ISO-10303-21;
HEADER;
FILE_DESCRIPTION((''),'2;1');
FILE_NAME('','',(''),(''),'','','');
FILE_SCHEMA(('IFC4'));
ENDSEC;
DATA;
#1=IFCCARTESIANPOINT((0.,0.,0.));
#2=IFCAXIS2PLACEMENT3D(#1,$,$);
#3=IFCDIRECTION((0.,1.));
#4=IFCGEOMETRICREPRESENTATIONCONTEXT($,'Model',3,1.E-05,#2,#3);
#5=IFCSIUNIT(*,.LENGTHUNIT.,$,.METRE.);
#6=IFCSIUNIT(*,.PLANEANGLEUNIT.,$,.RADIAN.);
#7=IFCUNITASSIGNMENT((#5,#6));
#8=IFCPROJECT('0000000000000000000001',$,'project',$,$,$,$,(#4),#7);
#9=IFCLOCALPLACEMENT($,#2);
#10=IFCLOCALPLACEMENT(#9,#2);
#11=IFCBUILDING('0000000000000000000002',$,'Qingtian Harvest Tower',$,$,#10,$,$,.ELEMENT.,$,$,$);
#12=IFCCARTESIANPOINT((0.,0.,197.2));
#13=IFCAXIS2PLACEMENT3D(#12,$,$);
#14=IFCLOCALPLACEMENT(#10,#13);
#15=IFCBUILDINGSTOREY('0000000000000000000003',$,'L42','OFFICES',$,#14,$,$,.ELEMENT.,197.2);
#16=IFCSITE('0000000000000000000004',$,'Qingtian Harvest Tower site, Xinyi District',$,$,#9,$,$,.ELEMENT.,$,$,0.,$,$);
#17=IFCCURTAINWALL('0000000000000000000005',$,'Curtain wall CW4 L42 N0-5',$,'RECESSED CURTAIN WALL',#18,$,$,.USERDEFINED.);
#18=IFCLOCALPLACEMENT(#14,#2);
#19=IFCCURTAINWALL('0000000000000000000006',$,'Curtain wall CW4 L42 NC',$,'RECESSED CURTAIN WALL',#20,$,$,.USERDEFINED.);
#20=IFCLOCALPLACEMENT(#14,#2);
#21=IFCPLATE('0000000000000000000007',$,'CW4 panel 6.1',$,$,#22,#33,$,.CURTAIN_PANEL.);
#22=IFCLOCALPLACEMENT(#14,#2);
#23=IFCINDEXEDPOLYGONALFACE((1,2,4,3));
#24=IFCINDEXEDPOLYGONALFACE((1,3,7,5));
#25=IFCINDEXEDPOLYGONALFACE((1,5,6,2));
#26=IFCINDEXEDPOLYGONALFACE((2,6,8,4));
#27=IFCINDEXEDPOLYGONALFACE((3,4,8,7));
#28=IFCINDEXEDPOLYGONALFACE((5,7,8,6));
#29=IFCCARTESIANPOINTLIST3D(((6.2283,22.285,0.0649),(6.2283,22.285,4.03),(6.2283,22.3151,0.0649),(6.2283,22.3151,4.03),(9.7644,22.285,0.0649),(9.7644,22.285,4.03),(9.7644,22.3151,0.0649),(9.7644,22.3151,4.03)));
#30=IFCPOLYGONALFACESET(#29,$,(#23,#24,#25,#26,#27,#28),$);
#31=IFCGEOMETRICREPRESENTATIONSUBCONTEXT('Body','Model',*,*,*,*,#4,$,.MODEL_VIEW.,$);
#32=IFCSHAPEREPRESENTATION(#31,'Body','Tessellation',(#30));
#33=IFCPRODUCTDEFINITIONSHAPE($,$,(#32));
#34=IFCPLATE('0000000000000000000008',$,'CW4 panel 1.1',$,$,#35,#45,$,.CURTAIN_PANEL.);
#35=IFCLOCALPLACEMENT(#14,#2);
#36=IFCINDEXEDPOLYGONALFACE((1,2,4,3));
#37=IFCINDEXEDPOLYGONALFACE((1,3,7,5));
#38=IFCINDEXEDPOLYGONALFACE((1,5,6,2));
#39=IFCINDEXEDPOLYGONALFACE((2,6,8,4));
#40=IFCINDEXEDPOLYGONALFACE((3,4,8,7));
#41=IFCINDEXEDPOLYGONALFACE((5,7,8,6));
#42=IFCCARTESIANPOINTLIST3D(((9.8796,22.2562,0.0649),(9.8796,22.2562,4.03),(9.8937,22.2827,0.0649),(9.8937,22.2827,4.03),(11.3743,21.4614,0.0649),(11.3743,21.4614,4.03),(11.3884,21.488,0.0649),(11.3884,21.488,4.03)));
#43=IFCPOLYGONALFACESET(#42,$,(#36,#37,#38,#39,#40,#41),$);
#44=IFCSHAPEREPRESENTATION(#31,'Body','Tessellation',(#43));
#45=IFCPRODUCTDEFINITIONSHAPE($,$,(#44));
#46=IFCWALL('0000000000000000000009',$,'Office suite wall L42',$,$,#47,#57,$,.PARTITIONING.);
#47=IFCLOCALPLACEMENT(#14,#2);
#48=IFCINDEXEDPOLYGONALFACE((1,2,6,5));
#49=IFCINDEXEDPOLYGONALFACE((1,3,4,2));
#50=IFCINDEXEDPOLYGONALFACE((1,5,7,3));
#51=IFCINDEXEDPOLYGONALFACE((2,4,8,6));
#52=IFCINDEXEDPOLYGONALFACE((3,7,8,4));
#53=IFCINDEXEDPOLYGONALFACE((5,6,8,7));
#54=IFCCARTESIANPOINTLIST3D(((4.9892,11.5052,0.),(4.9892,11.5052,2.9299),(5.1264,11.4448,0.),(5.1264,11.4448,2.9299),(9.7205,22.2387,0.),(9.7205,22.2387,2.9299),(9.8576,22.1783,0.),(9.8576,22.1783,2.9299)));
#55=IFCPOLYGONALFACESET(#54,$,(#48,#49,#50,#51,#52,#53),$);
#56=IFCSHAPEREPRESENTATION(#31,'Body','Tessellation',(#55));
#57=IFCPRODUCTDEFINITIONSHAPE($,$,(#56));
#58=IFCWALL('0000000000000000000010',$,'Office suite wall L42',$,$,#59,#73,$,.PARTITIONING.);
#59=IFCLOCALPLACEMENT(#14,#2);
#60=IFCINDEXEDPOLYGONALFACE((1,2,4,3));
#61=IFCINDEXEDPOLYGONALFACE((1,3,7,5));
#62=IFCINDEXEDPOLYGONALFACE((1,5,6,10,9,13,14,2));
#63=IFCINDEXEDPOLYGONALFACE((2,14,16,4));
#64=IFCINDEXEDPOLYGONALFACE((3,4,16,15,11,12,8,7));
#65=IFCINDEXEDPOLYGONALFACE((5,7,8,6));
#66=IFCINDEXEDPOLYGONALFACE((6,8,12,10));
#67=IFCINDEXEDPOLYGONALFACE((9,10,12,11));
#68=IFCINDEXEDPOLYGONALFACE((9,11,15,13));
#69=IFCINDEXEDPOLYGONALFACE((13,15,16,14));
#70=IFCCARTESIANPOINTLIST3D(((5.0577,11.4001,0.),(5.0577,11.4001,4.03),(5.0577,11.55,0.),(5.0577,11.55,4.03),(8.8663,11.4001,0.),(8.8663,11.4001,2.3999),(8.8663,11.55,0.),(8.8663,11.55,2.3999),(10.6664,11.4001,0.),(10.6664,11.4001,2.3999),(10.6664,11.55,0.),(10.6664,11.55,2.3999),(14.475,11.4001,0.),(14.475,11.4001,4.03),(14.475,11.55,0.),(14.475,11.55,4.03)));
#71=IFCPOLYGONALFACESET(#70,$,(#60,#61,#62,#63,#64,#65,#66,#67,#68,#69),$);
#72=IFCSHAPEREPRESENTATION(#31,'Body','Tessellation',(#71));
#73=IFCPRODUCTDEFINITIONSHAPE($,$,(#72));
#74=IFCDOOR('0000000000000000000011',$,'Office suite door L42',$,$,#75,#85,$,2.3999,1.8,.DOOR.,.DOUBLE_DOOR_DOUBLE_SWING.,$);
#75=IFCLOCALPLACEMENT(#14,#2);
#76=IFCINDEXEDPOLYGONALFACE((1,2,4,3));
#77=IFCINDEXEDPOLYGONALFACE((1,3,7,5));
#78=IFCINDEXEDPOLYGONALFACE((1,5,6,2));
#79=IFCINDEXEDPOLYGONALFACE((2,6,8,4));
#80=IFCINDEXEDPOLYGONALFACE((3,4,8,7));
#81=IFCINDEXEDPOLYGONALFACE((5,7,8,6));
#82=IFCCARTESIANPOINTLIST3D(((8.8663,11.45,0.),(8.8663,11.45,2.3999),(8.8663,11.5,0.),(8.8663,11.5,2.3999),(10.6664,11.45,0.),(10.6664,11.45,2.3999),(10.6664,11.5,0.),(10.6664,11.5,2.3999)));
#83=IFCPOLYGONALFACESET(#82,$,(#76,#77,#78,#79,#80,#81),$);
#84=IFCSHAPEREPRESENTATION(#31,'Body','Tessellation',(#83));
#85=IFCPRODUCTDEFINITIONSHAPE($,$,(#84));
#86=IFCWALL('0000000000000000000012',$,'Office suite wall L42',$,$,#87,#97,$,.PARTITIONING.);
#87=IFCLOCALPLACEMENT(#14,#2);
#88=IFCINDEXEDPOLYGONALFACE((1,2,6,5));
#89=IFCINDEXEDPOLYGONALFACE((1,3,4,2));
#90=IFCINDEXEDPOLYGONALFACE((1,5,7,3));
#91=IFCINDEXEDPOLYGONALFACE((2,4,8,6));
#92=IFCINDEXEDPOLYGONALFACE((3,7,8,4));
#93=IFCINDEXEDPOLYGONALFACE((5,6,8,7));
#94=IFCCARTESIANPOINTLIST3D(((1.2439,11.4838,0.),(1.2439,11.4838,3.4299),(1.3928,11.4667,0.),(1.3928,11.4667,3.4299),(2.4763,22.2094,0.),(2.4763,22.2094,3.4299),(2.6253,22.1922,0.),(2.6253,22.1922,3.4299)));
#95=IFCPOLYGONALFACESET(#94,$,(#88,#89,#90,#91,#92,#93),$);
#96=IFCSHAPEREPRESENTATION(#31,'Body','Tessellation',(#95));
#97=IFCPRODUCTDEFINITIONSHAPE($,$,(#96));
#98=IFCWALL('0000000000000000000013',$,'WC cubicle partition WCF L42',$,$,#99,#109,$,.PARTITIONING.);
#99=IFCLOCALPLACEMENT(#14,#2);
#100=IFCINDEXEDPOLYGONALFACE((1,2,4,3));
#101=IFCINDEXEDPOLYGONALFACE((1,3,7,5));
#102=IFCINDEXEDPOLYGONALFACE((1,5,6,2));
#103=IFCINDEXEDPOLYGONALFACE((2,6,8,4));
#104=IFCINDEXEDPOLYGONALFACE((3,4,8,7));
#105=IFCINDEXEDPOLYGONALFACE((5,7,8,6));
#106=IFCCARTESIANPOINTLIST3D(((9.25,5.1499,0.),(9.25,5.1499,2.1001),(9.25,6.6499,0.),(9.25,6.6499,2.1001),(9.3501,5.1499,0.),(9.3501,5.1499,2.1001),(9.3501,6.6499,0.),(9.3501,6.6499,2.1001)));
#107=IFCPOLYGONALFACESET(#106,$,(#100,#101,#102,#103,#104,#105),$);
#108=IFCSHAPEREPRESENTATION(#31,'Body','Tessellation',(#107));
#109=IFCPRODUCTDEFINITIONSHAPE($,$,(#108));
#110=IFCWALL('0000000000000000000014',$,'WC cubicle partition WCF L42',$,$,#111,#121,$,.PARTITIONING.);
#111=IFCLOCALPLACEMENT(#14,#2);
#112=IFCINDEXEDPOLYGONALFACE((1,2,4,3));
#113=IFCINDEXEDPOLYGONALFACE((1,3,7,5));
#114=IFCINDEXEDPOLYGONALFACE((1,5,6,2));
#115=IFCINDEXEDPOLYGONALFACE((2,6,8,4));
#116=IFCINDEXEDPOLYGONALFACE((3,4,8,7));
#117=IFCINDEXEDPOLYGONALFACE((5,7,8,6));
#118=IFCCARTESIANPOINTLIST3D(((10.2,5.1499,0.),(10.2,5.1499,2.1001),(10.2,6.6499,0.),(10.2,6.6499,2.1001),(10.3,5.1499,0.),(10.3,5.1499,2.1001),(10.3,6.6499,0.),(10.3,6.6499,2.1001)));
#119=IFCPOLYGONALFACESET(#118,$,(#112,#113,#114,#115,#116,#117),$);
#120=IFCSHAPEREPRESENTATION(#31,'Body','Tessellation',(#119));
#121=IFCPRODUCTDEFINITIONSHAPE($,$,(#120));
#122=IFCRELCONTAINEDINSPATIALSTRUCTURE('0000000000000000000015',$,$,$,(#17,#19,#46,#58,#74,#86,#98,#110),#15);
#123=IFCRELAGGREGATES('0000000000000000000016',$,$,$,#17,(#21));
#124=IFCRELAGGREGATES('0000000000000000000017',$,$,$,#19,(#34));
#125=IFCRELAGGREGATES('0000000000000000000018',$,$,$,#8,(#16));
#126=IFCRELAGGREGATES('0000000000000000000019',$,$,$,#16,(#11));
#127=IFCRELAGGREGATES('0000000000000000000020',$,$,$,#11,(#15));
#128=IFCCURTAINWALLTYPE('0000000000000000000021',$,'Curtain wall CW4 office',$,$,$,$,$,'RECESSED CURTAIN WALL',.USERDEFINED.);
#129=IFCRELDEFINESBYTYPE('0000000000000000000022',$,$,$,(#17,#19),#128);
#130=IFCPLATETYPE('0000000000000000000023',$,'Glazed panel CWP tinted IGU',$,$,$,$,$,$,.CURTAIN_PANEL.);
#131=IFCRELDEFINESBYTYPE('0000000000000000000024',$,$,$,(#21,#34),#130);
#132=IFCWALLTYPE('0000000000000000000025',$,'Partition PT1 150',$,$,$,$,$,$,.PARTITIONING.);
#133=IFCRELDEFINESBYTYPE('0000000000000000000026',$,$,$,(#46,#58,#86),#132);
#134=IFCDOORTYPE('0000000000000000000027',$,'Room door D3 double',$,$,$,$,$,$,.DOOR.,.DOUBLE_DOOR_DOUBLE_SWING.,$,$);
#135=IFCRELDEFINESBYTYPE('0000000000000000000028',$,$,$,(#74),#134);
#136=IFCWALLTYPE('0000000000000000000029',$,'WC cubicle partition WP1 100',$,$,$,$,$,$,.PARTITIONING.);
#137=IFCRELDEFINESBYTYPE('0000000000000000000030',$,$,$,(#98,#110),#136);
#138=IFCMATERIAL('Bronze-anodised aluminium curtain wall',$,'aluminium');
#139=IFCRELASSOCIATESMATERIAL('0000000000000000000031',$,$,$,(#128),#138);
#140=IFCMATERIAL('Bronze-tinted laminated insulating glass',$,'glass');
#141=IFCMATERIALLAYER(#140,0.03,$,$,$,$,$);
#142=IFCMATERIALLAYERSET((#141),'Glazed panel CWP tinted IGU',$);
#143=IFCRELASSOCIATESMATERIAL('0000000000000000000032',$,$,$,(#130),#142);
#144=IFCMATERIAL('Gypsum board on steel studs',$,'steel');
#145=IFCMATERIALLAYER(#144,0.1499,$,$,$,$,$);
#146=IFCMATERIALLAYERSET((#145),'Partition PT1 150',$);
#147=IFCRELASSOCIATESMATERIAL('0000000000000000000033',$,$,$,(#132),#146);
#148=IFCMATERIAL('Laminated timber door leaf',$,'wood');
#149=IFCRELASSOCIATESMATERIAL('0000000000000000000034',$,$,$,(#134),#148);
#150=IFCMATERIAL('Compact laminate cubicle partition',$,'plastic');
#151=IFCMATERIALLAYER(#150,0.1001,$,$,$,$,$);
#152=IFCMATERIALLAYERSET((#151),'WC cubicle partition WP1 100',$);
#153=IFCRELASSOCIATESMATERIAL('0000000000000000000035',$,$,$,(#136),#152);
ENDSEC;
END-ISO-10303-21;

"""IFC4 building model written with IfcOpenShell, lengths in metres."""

from ifc_helpers import new_model, si_unit, direction, frame, frame_2d, origin, origin_2d, place, context, subcontext, project, spatial, rectangle, extrude, material, layer, layer_set, type_object, element, fill, aggregate, save


model = new_model("IFC4")

# Units and contexts
model_context = context("Model", 3, precision=1e-05, world=origin(), true_north=direction((0.0, 1.0)))
body_context = subcontext(model_context, "Body", "Model", "MODEL_VIEW")
ifc_project = project(units=[si_unit("LENGTHUNIT", "METRE"), si_unit("PLANEANGLEUNIT", "RADIAN")], contexts=[model_context])

# Site, building, storey
site_placement = place(None, origin())
site = spatial("IfcSite", under=ifc_project, at=site_placement, Name="Qingtian Harvest Tower site, Xinyi District", CompositionType="ELEMENT", RefElevation=0.0)
building_placement = place(site_placement, origin())
building = spatial("IfcBuilding", under=site, at=building_placement, Name="Qingtian Harvest Tower", CompositionType="ELEMENT")
storey_placement = place(building_placement, frame((0.0, 0.0, 197.2)))
storey = spatial("IfcBuildingStorey", under=building, at=storey_placement, Name="L42", Description="OFFICES", CompositionType="ELEMENT", Elevation=197.2)

# Curtain walls
ifc_material_1 = material(Name="Bronze-anodised aluminium curtain wall", Category="aluminium")
curtain_wall_type = type_object("IfcCurtainWallType", Name="Curtain wall CW4 office", ElementType="RECESSED CURTAIN WALL", PredefinedType="USERDEFINED", material=ifc_material_1)
curtain_wall_1_placement = place(storey_placement, origin())
curtain_wall_1 = element("IfcCurtainWall", 1, at=curtain_wall_1_placement, inside=storey, type_object=curtain_wall_type, Name="Curtain wall CW4 L42 N0-5", ObjectType="RECESSED CURTAIN WALL", PredefinedType="USERDEFINED")
curtain_wall_2_placement = place(storey_placement, origin())
curtain_wall_2 = element("IfcCurtainWall", 2, at=curtain_wall_2_placement, inside=storey, type_object=curtain_wall_type, Name="Curtain wall CW4 L42 NC", ObjectType="RECESSED CURTAIN WALL", PredefinedType="USERDEFINED")

# Plates
ifc_material_2 = material(Name="Bronze-tinted laminated insulating glass", Category="glass")
ifc_layer_1 = layer(ifc_material_2, 0.03)
ifc_layer_set_1 = layer_set([ifc_layer_1], Name="Glazed panel CWP tinted IGU")
plate_type = type_object("IfcPlateType", Name="Glazed panel CWP tinted IGU", PredefinedType="CURTAIN_PANEL", material=ifc_layer_set_1)
plate_1_placement = place(storey_placement, frame((7.9963, 22.3, 0.0649), z_axis=(0.0, 0.0, 1.0), x_axis=(1.0, 0.0, 0.0)))
plate_1 = element("IfcPlate", 3, at=plate_1_placement, type_object=plate_type, Name="CW4 panel 6.1", PredefinedType="CURTAIN_PANEL", context=body_context, shape_type="SweptSolid", body=[
    extrude(rectangle(XDim=3.5361, YDim=0.03, at=origin_2d()), origin(), (0.0, 0.0, 1.0), 3.9651),
])
aggregate(curtain_wall_1, [plate_1])
plate_2_placement = place(storey_placement, frame((10.634, 21.8721, 0.0649), z_axis=(0.0, 0.0, 1.0), x_axis=(0.882948, -0.469472, 0.0)))
plate_2 = element("IfcPlate", 4, at=plate_2_placement, type_object=plate_type, Name="CW4 panel 1.1", PredefinedType="CURTAIN_PANEL", context=body_context, shape_type="SweptSolid", body=[
    extrude(rectangle(XDim=1.6929, YDim=0.03, at=origin_2d()), origin(), (0.0, 0.0, 1.0), 3.9651),
])
aggregate(curtain_wall_2, [plate_2])

# Wall
ifc_material_3 = material(Name="Gypsum board on steel studs", Category="steel")
ifc_layer_2 = layer(ifc_material_3, 0.1499)
ifc_layer_set_2 = layer_set([ifc_layer_2], Name="Partition PT1 150")
wall_type_1 = type_object("IfcWallType", Name="Partition PT1 150", PredefinedType="PARTITIONING", material=ifc_layer_set_2)
wall_1_placement = place(storey_placement, frame((9.7891, 22.2085, 0.0), z_axis=(0.0, 0.0, 1.0), x_axis=(-0.403346, -0.915048, 0.0)))
element("IfcWall", 5, at=wall_1_placement, inside=storey, type_object=wall_type_1, Name="Office suite wall L42", PredefinedType="PARTITIONING", context=body_context, shape_type="SweptSolid", body=[
    extrude(rectangle(XDim=11.73, YDim=0.1499, at=frame_2d((5.865, 0.0))), origin(), (0.0, 0.0, 1.0), 2.9299),
])

# Wall, opening, door
wall_2_placement = place(storey_placement, frame((5.0579, 11.4751, 0.0), z_axis=(0.0, 0.0, 1.0), x_axis=(1.0, 0.0, 0.0)))
wall_2 = element("IfcWall", 6, at=wall_2_placement, inside=storey, type_object=wall_type_1, Name="Office suite wall L42", PredefinedType="PARTITIONING", context=body_context, shape_type="SweptSolid", body=[
    extrude(rectangle(XDim=9.4172, YDim=0.1499, at=frame_2d((4.7085, 0.0))), origin(), (0.0, 0.0, 1.0), 4.03),
])
opening_1_placement = place(wall_2_placement, frame((3.8086, 0.0, 0.0)))
opening_1 = element("IfcOpeningElement", 7, at=opening_1_placement, cuts=wall_2, PredefinedType="OPENING", context=body_context, shape_type="SweptSolid", body=[
    extrude(rectangle(XDim=1.8, YDim=2.3999, at=frame_2d((0.8999, 1.2))), frame((0.0, 0.085, 0.0), z_axis=(0.0, -1.0, 0.0), x_axis=(1.0, 0.0, 0.0)), (0.0, 0.0, 1.0), 0.1699),
])
ifc_material_4 = material(Name="Laminated timber door leaf", Category="wood")
door_type_1 = type_object("IfcDoorType", Name="Room door D3 double", OperationType="DOUBLE_DOOR_DOUBLE_SWING", PredefinedType="DOOR", material=ifc_material_4)
door_1_placement = place(opening_1_placement, origin())
door_1 = element("IfcDoor", 8, at=door_1_placement, inside=storey, type_object=door_type_1, Name="Office suite door L42", OperationType="DOUBLE_DOOR_DOUBLE_SWING", OverallHeight=2.3999, OverallWidth=1.8, PredefinedType="DOOR", context=body_context, shape_type="SweptSolid", body=[
    extrude(rectangle(XDim=1.8, YDim=2.3999, at=frame_2d((0.8999, 1.2))), frame((0.0, 0.0249, 0.0), z_axis=(0.0, -1.0, 0.0), x_axis=(1.0, 0.0, 0.0)), (0.0, 0.0, 1.0), 0.05),
])
fill(opening_1, door_1)

# Wall
wall_3_placement = place(storey_placement, frame((2.5508, 22.2007, 0.0), z_axis=(0.0, 0.0, 1.0), x_axis=(-0.114154, -0.993463, 0.0)))
element("IfcWall", 9, at=wall_3_placement, inside=storey, type_object=wall_type_1, Name="Office suite wall L42", PredefinedType="PARTITIONING", context=body_context, shape_type="SweptSolid", body=[
    extrude(rectangle(XDim=10.7961, YDim=0.1499, at=frame_2d((5.3979, 0.0))), origin(), (0.0, 0.0, 1.0), 3.4299),
])

# Walls
ifc_material_5 = material(Name="Compact laminate cubicle partition", Category="plastic")
ifc_layer_3 = layer(ifc_material_5, 0.1001)
ifc_layer_set_3 = layer_set([ifc_layer_3], Name="WC cubicle partition WP1 100")
wall_type_2 = type_object("IfcWallType", Name="WC cubicle partition WP1 100", PredefinedType="PARTITIONING", material=ifc_layer_set_3)
for number, where, z_axis, x_axis, name in (
    (10, (9.3, 5.1499, 0.0), (0.0, 0.0, 1.0), (0.0, 1.0, 0.0), "WC cubicle partition WCF L42"),
    (11, (10.25, 5.1499, 0.0), (0.0, 0.0, 1.0), (0.0, 1.0, 0.0), "WC cubicle partition WCF L42"),
):
    element("IfcWall", number, at=place(storey_placement, frame(where, z_axis=z_axis, x_axis=x_axis)), inside=storey, type_object=wall_type_2, Name=name, PredefinedType="PARTITIONING", context=body_context, shape_type="SweptSolid", body=[
        extrude(rectangle(XDim=1.5, YDim=0.1001, at=frame_2d((0.75, 0.0))), origin(), (0.0, 0.0, 1.0), 2.1001),
    ])

save(model, "model.ifc")
